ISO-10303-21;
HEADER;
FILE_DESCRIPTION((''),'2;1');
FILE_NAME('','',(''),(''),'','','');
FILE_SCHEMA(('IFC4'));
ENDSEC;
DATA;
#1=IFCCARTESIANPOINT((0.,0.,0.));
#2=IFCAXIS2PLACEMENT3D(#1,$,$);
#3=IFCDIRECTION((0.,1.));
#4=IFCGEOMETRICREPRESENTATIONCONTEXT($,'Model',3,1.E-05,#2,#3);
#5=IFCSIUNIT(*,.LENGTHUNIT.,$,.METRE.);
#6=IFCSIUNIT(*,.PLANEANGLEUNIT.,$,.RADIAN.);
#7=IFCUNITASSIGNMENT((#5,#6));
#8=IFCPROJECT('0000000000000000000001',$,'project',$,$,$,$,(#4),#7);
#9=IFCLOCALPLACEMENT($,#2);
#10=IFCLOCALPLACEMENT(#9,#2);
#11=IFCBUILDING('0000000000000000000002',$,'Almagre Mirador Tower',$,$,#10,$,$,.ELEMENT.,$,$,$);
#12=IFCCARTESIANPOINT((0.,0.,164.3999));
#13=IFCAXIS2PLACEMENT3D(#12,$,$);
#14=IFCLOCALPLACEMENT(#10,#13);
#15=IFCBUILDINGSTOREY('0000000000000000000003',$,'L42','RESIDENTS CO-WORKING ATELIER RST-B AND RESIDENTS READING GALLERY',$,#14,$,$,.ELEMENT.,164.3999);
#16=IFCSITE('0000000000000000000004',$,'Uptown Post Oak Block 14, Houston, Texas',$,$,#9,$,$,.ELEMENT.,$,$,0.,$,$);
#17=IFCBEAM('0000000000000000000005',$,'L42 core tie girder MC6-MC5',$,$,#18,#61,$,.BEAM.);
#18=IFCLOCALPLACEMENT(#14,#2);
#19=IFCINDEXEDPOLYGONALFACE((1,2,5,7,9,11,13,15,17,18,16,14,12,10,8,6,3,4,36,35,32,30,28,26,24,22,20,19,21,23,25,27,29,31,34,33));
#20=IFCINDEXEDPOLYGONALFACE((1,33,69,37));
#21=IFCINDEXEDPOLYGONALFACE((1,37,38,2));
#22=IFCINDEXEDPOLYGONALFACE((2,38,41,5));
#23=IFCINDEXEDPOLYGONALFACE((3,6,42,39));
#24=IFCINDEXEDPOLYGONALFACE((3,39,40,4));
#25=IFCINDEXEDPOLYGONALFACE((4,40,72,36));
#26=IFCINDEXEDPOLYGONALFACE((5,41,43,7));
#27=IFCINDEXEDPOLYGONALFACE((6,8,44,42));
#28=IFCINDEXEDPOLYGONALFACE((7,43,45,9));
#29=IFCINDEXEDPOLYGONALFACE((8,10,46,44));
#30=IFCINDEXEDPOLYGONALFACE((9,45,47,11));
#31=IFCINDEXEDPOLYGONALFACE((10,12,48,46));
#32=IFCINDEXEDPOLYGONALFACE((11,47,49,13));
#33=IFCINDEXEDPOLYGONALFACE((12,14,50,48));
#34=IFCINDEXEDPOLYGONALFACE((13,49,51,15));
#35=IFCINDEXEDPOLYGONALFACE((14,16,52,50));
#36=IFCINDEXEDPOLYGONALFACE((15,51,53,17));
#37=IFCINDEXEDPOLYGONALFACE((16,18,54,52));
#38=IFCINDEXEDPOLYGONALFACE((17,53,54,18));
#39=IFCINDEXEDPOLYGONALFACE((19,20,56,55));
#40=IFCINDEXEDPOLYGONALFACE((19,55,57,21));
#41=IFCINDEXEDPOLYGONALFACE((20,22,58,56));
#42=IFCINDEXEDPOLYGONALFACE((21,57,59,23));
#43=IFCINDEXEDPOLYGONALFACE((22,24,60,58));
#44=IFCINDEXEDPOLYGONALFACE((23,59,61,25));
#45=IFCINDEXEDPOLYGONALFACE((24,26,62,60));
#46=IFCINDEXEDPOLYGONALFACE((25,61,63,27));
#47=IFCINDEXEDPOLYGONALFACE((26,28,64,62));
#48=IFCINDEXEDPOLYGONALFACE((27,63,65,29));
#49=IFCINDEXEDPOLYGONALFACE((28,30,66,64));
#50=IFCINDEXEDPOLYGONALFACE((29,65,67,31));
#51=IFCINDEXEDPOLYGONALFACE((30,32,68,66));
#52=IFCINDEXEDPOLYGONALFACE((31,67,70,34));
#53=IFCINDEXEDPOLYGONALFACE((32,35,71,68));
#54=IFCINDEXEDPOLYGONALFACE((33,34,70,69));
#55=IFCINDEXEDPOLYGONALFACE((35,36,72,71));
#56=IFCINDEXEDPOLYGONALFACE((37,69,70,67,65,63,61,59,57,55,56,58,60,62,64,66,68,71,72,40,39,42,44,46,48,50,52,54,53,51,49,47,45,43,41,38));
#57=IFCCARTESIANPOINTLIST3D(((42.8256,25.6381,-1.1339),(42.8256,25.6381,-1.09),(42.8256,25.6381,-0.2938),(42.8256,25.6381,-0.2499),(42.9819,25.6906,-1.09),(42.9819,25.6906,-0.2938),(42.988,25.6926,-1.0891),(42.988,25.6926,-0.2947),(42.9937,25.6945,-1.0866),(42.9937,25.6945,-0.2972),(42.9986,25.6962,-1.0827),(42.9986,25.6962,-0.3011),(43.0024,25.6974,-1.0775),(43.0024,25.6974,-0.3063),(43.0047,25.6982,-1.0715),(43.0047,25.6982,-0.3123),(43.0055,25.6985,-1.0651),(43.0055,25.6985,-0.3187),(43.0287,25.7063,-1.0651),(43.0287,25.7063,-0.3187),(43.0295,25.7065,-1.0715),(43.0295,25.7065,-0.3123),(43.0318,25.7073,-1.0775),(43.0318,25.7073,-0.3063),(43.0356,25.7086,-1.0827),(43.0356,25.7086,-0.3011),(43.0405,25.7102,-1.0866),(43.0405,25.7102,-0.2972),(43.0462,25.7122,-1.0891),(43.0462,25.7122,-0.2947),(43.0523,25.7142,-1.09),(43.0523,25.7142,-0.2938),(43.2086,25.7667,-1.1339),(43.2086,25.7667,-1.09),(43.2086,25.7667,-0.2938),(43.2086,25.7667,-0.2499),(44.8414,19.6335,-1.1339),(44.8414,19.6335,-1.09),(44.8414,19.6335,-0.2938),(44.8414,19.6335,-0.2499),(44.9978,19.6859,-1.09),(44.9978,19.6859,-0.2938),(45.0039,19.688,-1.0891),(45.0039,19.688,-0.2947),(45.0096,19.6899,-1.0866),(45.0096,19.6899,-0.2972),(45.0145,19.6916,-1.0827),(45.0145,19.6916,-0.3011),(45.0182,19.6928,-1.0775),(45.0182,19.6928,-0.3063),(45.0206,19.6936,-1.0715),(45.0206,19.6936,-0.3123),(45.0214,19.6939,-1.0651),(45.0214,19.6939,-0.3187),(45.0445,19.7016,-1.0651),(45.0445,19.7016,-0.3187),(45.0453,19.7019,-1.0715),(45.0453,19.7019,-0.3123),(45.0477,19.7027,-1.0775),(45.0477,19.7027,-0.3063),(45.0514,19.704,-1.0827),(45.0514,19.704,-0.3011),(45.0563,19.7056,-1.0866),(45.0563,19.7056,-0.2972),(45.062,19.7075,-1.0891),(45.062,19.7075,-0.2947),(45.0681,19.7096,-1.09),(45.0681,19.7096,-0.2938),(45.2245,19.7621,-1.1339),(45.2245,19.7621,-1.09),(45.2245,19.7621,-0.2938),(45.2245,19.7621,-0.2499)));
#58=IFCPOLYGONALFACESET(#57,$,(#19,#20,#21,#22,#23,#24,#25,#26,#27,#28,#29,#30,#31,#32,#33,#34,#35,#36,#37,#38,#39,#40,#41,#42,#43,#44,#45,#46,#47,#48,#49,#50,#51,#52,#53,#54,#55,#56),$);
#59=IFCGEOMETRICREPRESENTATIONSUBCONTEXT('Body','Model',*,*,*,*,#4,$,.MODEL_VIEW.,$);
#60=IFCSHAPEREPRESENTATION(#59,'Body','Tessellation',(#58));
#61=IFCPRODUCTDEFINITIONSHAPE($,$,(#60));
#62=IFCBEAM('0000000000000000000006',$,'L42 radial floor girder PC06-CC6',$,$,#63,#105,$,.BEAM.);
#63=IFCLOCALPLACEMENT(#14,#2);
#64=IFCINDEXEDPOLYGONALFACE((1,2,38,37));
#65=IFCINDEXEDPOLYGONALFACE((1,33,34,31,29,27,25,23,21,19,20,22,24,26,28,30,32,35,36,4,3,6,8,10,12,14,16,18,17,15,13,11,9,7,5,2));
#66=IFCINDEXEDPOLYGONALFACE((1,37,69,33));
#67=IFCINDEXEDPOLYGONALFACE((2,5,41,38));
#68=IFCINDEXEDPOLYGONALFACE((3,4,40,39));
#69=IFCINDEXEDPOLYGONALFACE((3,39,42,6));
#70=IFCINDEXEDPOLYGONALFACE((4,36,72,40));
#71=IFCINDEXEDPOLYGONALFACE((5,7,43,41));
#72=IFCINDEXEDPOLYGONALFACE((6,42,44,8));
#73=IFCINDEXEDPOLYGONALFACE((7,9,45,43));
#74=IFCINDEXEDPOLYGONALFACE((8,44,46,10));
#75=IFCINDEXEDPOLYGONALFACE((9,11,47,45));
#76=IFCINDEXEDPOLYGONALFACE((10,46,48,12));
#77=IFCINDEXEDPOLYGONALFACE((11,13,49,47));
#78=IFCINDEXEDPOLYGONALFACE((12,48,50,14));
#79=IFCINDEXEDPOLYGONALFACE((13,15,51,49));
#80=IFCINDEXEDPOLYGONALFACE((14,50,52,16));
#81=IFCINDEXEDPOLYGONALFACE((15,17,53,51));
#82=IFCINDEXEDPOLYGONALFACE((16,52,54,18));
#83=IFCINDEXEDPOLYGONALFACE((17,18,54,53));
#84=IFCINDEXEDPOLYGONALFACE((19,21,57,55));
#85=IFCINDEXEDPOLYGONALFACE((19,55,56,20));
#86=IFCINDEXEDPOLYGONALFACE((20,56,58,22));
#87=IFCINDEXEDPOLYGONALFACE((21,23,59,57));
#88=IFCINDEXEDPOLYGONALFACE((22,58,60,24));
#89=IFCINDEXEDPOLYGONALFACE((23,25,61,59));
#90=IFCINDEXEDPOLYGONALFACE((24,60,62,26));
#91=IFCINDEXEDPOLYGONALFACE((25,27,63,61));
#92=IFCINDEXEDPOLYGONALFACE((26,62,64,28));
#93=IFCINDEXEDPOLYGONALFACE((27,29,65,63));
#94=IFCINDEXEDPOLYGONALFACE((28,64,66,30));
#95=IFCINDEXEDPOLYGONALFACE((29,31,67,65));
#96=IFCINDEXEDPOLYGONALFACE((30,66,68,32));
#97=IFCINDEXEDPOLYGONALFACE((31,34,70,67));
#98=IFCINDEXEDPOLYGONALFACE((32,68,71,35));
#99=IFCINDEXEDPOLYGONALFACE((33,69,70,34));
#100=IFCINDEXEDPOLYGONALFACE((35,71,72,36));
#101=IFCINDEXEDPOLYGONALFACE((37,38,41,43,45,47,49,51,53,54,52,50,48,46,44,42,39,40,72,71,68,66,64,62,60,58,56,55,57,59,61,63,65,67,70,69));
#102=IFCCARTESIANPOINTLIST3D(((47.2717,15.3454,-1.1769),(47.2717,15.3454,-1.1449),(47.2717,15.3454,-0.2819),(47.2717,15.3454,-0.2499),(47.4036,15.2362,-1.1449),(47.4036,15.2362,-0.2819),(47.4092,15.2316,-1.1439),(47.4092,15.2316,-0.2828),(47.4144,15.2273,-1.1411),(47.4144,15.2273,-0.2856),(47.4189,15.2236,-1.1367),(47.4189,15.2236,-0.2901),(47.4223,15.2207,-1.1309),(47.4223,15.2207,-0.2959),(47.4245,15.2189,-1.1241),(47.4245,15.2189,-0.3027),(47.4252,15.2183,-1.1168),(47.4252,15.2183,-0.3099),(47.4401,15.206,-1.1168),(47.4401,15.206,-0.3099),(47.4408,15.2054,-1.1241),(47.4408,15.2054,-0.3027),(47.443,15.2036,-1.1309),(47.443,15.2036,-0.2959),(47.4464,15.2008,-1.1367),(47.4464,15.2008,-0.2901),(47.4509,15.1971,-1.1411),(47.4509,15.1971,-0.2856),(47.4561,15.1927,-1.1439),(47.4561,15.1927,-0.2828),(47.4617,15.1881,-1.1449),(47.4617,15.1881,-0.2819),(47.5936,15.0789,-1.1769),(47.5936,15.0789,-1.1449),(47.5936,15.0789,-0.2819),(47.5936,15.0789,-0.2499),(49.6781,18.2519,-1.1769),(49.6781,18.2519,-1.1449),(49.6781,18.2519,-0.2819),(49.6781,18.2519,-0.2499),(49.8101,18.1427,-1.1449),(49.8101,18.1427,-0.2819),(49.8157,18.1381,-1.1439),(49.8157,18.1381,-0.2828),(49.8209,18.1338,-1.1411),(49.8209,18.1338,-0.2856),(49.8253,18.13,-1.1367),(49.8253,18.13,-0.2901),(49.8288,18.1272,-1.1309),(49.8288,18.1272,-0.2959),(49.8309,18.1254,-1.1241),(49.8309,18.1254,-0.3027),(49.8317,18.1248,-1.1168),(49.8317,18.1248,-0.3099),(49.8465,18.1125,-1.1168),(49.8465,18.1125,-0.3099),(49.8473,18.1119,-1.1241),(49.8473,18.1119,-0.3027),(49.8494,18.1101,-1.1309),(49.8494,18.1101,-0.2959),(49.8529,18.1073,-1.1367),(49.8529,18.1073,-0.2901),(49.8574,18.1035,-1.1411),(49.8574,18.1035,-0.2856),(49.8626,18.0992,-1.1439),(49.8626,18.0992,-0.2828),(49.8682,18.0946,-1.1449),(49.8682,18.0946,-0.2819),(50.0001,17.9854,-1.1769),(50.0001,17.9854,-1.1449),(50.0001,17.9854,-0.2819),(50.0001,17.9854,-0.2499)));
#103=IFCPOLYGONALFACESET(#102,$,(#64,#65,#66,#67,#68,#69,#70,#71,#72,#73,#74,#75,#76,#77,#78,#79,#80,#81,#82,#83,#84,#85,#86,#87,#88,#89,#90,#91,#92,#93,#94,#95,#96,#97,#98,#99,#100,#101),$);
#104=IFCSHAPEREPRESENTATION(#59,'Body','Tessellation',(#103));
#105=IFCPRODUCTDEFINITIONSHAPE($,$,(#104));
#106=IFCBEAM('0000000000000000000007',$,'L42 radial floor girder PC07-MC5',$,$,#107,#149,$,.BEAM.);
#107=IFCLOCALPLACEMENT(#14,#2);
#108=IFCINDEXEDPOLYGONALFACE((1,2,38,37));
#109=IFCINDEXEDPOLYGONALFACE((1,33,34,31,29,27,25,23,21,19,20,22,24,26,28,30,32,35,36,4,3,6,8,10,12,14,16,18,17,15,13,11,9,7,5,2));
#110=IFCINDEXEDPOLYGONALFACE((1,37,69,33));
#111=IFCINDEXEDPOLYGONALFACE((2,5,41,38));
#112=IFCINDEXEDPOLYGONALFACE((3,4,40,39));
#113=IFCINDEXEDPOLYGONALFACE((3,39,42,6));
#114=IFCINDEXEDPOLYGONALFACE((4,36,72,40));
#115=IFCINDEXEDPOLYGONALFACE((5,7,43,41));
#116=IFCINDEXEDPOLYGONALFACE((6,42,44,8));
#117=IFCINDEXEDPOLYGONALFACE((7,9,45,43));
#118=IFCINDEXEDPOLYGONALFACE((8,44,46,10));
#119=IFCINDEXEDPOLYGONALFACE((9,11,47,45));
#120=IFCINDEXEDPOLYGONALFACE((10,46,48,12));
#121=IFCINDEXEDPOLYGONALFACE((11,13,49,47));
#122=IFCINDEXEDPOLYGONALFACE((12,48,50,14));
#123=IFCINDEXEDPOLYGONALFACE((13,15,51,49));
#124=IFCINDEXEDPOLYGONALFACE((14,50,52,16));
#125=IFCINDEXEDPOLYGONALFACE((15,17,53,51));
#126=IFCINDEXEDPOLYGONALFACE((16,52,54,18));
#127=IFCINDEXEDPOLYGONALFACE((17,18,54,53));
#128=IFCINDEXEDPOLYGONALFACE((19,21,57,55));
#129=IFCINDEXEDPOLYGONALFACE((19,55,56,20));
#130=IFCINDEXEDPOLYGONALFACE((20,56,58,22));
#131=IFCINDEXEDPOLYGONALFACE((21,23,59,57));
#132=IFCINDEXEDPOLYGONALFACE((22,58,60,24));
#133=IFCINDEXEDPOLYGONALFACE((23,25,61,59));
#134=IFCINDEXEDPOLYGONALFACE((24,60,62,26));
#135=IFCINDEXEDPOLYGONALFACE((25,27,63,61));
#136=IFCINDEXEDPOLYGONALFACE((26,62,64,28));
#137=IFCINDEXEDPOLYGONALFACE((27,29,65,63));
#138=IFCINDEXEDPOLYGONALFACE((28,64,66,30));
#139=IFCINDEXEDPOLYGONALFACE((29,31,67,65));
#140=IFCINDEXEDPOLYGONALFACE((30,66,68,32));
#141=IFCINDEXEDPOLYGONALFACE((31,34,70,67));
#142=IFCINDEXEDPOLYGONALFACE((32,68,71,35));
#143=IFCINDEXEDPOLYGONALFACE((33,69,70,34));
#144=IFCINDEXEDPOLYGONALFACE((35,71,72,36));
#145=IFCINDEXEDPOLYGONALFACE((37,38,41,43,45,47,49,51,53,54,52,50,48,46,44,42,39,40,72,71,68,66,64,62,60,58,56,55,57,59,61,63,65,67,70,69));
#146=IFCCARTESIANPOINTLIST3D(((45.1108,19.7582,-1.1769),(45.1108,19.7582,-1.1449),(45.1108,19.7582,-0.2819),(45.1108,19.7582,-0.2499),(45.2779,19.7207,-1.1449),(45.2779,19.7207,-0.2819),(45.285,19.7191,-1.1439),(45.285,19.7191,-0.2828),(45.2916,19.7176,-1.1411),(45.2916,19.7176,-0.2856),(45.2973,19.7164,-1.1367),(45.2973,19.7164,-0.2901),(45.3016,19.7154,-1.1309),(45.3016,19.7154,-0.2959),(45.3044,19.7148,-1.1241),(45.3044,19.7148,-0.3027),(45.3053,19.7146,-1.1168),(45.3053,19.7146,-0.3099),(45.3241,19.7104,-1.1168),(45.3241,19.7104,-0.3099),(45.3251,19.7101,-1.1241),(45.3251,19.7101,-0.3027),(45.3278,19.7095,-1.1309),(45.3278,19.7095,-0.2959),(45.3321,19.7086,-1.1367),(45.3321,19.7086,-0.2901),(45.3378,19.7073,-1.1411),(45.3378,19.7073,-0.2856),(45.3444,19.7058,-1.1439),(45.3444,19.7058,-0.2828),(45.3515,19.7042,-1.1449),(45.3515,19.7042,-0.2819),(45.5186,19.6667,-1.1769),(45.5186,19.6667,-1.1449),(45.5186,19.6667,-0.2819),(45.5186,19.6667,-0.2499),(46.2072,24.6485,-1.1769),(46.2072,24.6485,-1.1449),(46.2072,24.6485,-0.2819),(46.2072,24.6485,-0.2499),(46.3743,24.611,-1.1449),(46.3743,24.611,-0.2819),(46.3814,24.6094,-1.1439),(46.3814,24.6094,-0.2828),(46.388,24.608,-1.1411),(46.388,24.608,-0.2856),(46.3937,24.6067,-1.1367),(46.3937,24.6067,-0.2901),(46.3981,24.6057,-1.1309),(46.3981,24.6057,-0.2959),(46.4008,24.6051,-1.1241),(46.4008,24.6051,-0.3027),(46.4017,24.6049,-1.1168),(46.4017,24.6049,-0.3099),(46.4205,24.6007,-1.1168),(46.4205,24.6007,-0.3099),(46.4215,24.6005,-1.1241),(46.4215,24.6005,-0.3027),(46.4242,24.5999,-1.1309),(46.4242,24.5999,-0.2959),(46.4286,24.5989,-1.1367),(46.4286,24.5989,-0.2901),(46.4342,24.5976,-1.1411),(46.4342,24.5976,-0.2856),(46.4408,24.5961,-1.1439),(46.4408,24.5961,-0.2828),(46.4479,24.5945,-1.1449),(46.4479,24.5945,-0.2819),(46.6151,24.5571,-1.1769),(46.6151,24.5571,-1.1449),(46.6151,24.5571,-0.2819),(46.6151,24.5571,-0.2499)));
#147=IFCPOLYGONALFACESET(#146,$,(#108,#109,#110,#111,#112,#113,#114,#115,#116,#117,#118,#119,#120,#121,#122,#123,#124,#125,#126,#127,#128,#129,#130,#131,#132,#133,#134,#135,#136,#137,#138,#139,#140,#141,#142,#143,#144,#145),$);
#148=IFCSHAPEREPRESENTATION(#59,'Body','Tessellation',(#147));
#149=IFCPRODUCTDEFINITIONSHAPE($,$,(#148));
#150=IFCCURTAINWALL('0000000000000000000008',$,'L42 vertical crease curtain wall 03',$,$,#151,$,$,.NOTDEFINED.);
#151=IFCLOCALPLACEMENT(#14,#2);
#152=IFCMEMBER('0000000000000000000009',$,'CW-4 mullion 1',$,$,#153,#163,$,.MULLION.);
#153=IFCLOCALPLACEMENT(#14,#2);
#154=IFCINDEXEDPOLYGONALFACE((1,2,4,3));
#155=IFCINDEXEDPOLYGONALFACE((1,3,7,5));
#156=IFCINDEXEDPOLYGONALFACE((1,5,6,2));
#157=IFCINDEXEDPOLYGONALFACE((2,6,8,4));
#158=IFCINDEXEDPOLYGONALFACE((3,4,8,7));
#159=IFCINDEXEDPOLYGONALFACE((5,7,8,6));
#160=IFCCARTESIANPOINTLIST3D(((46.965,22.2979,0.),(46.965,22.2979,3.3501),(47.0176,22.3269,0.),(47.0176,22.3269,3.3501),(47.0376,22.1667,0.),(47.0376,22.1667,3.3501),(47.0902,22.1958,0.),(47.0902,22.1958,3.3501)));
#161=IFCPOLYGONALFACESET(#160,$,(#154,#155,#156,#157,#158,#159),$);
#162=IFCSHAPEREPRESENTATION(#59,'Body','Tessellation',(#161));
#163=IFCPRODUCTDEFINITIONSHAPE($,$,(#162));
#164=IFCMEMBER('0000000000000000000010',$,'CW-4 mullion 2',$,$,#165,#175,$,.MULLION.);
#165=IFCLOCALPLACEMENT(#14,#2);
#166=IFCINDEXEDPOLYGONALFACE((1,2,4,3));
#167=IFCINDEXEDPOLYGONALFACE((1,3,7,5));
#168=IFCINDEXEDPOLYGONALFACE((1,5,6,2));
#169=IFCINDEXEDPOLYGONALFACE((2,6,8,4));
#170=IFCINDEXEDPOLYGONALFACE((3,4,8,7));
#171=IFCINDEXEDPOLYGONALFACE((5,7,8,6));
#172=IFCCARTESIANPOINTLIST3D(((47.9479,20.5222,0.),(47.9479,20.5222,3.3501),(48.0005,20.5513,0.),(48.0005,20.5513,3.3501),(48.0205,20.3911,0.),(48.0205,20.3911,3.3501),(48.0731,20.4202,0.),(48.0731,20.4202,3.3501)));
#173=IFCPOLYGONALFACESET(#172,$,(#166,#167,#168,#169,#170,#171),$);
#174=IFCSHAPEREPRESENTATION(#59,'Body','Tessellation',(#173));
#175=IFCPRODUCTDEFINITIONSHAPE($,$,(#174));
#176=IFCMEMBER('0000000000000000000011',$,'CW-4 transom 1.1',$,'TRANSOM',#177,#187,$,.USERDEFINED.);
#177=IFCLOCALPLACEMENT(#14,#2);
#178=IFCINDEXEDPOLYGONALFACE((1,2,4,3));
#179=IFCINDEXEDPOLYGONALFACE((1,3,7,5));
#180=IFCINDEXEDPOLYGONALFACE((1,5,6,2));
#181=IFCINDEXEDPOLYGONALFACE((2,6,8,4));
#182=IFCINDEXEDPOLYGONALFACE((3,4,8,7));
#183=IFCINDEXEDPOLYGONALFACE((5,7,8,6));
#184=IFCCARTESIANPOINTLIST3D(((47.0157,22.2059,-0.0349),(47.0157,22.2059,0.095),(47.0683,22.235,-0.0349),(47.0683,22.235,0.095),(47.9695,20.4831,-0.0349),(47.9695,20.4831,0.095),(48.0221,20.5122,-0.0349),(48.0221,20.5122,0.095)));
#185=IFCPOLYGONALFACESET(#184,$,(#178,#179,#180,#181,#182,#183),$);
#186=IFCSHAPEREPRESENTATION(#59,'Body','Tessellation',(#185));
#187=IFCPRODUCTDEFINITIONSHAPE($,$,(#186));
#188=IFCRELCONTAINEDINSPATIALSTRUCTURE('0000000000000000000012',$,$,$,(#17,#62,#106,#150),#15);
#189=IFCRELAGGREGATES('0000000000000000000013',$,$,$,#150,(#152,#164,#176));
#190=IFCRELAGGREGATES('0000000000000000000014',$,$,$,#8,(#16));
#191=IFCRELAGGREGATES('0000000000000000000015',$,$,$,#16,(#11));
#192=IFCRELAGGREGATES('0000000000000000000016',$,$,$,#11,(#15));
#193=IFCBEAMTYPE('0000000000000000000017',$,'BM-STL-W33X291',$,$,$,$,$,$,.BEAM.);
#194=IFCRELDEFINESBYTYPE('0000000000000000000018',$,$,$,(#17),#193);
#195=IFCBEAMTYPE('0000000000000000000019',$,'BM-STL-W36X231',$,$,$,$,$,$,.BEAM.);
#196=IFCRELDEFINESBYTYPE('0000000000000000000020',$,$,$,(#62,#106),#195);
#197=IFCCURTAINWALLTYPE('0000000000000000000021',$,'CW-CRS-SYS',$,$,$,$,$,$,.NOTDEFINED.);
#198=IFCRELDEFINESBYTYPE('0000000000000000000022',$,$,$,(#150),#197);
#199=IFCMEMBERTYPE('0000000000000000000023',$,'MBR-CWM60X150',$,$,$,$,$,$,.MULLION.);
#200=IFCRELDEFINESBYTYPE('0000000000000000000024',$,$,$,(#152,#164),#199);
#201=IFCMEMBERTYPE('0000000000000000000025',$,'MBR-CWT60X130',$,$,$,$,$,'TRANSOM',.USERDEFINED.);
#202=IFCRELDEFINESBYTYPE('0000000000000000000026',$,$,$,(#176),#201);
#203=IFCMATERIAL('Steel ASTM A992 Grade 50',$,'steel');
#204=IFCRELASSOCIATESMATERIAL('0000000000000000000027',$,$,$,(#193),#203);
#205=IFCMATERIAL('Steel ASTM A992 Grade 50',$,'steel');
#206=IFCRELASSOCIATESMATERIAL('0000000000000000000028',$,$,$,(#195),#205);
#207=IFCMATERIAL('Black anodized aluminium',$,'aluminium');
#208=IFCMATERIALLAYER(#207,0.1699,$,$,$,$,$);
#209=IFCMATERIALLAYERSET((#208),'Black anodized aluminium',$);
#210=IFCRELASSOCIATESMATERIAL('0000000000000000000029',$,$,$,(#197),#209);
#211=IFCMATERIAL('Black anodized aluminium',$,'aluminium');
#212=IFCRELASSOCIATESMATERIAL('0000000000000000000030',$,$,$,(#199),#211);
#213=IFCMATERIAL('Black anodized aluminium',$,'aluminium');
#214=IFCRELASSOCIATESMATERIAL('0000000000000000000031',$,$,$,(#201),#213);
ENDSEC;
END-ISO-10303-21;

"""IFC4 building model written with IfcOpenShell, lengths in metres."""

from ifc_helpers import new_model, si_unit, direction, frame, origin, origin_2d, place, context, subcontext, project, spatial, rectangle, i_section, extrude, material, layer, layer_set, material_profile, profile_set, type_object, element, aggregate, save


model = new_model("IFC4")

# Units and contexts
model_context = context("Model", 3, precision=1e-05, world=origin(), true_north=direction((0.0, 1.0)))
body_context = subcontext(model_context, "Body", "Model", "MODEL_VIEW")
ifc_project = project(units=[si_unit("LENGTHUNIT", "METRE"), si_unit("PLANEANGLEUNIT", "RADIAN")], contexts=[model_context])

# Site, building, storey
site_placement = place(None, origin())
site = spatial("IfcSite", under=ifc_project, at=site_placement, Name="Uptown Post Oak Block 14, Houston, Texas", CompositionType="ELEMENT", RefElevation=0.0)
building_placement = place(site_placement, origin())
building = spatial("IfcBuilding", under=site, at=building_placement, Name="Almagre Mirador Tower", CompositionType="ELEMENT")
storey_placement = place(building_placement, frame((0.0, 0.0, 164.3999)))
storey = spatial("IfcBuildingStorey", under=building, at=storey_placement, Name="L42", Description="RESIDENTS CO-WORKING ATELIER RST-B AND RESIDENTS READING GALLERY", CompositionType="ELEMENT", Elevation=164.3999)

# Beams
ifc_material_1 = material(Name="Steel ASTM A992 Grade 50", Category="steel")
ifc_material_profile_1 = material_profile(ifc_material_1, i_section(OverallWidth=0.4041, OverallDepth=0.884, WebThickness=0.0244, FlangeThickness=0.0439, FilletRadius=0.0249, at=origin_2d()), Name="W33X291")
ifc_profile_set_1 = profile_set([ifc_material_profile_1], Name="Steel ASTM A992 Grade 50")
beam_type_1 = type_object("IfcBeamType", Name="BM-STL-W33X291", PredefinedType="BEAM", material=ifc_profile_set_1)
beam_1_placement = place(storey_placement, frame((43.0171, 25.7024, -0.6919), z_axis=(0.318262, -0.948003, 0.0), x_axis=(0.948003, 0.318262, 0.0)))
element("IfcBeam", 1, at=beam_1_placement, inside=storey, type_object=beam_type_1, Name="L42 core tie girder MC6-MC5", PredefinedType="BEAM", context=body_context, shape_type="SweptSolid", body=[
    extrude(i_section(OverallWidth=0.4041, OverallDepth=0.884, WebThickness=0.0244, FlangeThickness=0.0439, FilletRadius=0.0249, at=origin_2d()), origin(), (0.0, 0.0, 1.0), 6.334),
])
ifc_material_2 = material(Name="Steel ASTM A992 Grade 50", Category="steel")
ifc_material_profile_2 = material_profile(ifc_material_2, i_section(OverallWidth=0.418, OverallDepth=0.927, WebThickness=0.0193, FlangeThickness=0.032, FilletRadius=0.0281, at=origin_2d()), Name="W36X231")
ifc_profile_set_2 = profile_set([ifc_material_profile_2], Name="Steel ASTM A992 Grade 50")
beam_type_2 = type_object("IfcBeamType", Name="BM-STL-W36X231", PredefinedType="BEAM", material=ifc_profile_set_2)
beam_2_placement = place(storey_placement, frame((49.8391, 18.1187, -0.7134), z_axis=(-0.637744, -0.770249, 0.0), x_axis=(0.770249, -0.637744, 0.0)))
element("IfcBeam", 2, at=beam_2_placement, inside=storey, type_object=beam_type_2, Name="L42 radial floor girder PC06-CC6", PredefinedType="BEAM", context=body_context, shape_type="SweptSolid", body=[
    extrude(i_section(OverallWidth=0.418, OverallDepth=0.927, WebThickness=0.0193, FlangeThickness=0.032, FilletRadius=0.0281, at=origin_2d()), origin(), (0.0, 0.0, 1.0), 3.7734),
])
beam_3_placement = place(storey_placement, frame((46.4111, 24.6028, -0.7134), z_axis=(-0.218771, -0.975776, 0.0), x_axis=(0.975776, -0.218771, 0.0)))
element("IfcBeam", 3, at=beam_3_placement, inside=storey, type_object=beam_type_2, Name="L42 radial floor girder PC07-MC5", PredefinedType="BEAM", context=body_context, shape_type="SweptSolid", body=[
    extrude(i_section(OverallWidth=0.418, OverallDepth=0.927, WebThickness=0.0193, FlangeThickness=0.032, FilletRadius=0.0281, at=origin_2d()), origin(), (0.0, 0.0, 1.0), 5.0117),
])

# Curtain wall, members
ifc_material_3 = material(Name="Black anodized aluminium", Category="aluminium")
ifc_layer_1 = layer(ifc_material_3, 0.1699)
ifc_layer_set_1 = layer_set([ifc_layer_1], Name="Black anodized aluminium")
curtain_wall_type = type_object("IfcCurtainWallType", Name="CW-CRS-SYS", PredefinedType="NOTDEFINED", material=ifc_layer_set_1)
curtain_wall_placement = place(storey_placement, origin())
curtain_wall = element("IfcCurtainWall", 4, at=curtain_wall_placement, inside=storey, type_object=curtain_wall_type, Name="L42 vertical crease curtain wall 03", PredefinedType="NOTDEFINED")
ifc_material_4 = material(Name="Black anodized aluminium", Category="aluminium")
ifc_material_profile_3 = material_profile(ifc_material_4, rectangle(XDim=0.0601, YDim=0.1499, at=origin_2d()), Name="CWM60X150")
ifc_profile_set_3 = profile_set([ifc_material_profile_3], Name="Black anodized aluminium")
member_type_1 = type_object("IfcMemberType", Name="MBR-CWM60X150", PredefinedType="MULLION", material=ifc_profile_set_3)
member_1_placement = place(storey_placement, frame((47.0276, 22.2468, 0.0), z_axis=(0.0, 0.0, 1.0), x_axis=(0.874879, 0.484342, 0.0)))
member_1 = element("IfcMember", 5, at=member_1_placement, type_object=member_type_1, Name="CW-4 mullion 1", PredefinedType="MULLION", context=body_context, shape_type="SweptSolid", body=[
    extrude(rectangle(XDim=0.0601, YDim=0.1499, at=origin_2d()), origin(), (0.0, 0.0, 1.0), 3.3501),
])
member_2_placement = place(storey_placement, frame((48.0105, 20.4712, 0.0), z_axis=(0.0, 0.0, 1.0), x_axis=(0.874879, 0.484342, 0.0)))
member_2 = element("IfcMember", 6, at=member_2_placement, type_object=member_type_1, Name="CW-4 mullion 2", PredefinedType="MULLION", context=body_context, shape_type="SweptSolid", body=[
    extrude(rectangle(XDim=0.0601, YDim=0.1499, at=origin_2d()), origin(), (0.0, 0.0, 1.0), 3.3501),
])
ifc_material_5 = material(Name="Black anodized aluminium", Category="aluminium")
ifc_material_profile_4 = material_profile(ifc_material_5, rectangle(XDim=0.0601, YDim=0.1299, at=origin_2d()), Name="CWT60X130")
ifc_profile_set_4 = profile_set([ifc_material_profile_4], Name="Black anodized aluminium")
member_type_2 = type_object("IfcMemberType", Name="MBR-CWT60X130", ElementType="TRANSOM", PredefinedType="USERDEFINED", material=ifc_profile_set_4)
member_3_placement = place(storey_placement, frame((47.042, 22.2205, 0.03), z_axis=(0.484358, -0.87487, 0.0), x_axis=(0.87487, 0.484358, 0.0)))
member_3 = element("IfcMember", 7, at=member_3_placement, type_object=member_type_2, Name="CW-4 transom 1.1", ObjectType="TRANSOM", PredefinedType="USERDEFINED", context=body_context, shape_type="SweptSolid", body=[
    extrude(rectangle(XDim=0.0601, YDim=0.1299, at=origin_2d()), origin(), (0.0, 0.0, 1.0), 1.9692),
])
aggregate(curtain_wall, [member_1, member_2, member_3])

save(model, "model.ifc")
